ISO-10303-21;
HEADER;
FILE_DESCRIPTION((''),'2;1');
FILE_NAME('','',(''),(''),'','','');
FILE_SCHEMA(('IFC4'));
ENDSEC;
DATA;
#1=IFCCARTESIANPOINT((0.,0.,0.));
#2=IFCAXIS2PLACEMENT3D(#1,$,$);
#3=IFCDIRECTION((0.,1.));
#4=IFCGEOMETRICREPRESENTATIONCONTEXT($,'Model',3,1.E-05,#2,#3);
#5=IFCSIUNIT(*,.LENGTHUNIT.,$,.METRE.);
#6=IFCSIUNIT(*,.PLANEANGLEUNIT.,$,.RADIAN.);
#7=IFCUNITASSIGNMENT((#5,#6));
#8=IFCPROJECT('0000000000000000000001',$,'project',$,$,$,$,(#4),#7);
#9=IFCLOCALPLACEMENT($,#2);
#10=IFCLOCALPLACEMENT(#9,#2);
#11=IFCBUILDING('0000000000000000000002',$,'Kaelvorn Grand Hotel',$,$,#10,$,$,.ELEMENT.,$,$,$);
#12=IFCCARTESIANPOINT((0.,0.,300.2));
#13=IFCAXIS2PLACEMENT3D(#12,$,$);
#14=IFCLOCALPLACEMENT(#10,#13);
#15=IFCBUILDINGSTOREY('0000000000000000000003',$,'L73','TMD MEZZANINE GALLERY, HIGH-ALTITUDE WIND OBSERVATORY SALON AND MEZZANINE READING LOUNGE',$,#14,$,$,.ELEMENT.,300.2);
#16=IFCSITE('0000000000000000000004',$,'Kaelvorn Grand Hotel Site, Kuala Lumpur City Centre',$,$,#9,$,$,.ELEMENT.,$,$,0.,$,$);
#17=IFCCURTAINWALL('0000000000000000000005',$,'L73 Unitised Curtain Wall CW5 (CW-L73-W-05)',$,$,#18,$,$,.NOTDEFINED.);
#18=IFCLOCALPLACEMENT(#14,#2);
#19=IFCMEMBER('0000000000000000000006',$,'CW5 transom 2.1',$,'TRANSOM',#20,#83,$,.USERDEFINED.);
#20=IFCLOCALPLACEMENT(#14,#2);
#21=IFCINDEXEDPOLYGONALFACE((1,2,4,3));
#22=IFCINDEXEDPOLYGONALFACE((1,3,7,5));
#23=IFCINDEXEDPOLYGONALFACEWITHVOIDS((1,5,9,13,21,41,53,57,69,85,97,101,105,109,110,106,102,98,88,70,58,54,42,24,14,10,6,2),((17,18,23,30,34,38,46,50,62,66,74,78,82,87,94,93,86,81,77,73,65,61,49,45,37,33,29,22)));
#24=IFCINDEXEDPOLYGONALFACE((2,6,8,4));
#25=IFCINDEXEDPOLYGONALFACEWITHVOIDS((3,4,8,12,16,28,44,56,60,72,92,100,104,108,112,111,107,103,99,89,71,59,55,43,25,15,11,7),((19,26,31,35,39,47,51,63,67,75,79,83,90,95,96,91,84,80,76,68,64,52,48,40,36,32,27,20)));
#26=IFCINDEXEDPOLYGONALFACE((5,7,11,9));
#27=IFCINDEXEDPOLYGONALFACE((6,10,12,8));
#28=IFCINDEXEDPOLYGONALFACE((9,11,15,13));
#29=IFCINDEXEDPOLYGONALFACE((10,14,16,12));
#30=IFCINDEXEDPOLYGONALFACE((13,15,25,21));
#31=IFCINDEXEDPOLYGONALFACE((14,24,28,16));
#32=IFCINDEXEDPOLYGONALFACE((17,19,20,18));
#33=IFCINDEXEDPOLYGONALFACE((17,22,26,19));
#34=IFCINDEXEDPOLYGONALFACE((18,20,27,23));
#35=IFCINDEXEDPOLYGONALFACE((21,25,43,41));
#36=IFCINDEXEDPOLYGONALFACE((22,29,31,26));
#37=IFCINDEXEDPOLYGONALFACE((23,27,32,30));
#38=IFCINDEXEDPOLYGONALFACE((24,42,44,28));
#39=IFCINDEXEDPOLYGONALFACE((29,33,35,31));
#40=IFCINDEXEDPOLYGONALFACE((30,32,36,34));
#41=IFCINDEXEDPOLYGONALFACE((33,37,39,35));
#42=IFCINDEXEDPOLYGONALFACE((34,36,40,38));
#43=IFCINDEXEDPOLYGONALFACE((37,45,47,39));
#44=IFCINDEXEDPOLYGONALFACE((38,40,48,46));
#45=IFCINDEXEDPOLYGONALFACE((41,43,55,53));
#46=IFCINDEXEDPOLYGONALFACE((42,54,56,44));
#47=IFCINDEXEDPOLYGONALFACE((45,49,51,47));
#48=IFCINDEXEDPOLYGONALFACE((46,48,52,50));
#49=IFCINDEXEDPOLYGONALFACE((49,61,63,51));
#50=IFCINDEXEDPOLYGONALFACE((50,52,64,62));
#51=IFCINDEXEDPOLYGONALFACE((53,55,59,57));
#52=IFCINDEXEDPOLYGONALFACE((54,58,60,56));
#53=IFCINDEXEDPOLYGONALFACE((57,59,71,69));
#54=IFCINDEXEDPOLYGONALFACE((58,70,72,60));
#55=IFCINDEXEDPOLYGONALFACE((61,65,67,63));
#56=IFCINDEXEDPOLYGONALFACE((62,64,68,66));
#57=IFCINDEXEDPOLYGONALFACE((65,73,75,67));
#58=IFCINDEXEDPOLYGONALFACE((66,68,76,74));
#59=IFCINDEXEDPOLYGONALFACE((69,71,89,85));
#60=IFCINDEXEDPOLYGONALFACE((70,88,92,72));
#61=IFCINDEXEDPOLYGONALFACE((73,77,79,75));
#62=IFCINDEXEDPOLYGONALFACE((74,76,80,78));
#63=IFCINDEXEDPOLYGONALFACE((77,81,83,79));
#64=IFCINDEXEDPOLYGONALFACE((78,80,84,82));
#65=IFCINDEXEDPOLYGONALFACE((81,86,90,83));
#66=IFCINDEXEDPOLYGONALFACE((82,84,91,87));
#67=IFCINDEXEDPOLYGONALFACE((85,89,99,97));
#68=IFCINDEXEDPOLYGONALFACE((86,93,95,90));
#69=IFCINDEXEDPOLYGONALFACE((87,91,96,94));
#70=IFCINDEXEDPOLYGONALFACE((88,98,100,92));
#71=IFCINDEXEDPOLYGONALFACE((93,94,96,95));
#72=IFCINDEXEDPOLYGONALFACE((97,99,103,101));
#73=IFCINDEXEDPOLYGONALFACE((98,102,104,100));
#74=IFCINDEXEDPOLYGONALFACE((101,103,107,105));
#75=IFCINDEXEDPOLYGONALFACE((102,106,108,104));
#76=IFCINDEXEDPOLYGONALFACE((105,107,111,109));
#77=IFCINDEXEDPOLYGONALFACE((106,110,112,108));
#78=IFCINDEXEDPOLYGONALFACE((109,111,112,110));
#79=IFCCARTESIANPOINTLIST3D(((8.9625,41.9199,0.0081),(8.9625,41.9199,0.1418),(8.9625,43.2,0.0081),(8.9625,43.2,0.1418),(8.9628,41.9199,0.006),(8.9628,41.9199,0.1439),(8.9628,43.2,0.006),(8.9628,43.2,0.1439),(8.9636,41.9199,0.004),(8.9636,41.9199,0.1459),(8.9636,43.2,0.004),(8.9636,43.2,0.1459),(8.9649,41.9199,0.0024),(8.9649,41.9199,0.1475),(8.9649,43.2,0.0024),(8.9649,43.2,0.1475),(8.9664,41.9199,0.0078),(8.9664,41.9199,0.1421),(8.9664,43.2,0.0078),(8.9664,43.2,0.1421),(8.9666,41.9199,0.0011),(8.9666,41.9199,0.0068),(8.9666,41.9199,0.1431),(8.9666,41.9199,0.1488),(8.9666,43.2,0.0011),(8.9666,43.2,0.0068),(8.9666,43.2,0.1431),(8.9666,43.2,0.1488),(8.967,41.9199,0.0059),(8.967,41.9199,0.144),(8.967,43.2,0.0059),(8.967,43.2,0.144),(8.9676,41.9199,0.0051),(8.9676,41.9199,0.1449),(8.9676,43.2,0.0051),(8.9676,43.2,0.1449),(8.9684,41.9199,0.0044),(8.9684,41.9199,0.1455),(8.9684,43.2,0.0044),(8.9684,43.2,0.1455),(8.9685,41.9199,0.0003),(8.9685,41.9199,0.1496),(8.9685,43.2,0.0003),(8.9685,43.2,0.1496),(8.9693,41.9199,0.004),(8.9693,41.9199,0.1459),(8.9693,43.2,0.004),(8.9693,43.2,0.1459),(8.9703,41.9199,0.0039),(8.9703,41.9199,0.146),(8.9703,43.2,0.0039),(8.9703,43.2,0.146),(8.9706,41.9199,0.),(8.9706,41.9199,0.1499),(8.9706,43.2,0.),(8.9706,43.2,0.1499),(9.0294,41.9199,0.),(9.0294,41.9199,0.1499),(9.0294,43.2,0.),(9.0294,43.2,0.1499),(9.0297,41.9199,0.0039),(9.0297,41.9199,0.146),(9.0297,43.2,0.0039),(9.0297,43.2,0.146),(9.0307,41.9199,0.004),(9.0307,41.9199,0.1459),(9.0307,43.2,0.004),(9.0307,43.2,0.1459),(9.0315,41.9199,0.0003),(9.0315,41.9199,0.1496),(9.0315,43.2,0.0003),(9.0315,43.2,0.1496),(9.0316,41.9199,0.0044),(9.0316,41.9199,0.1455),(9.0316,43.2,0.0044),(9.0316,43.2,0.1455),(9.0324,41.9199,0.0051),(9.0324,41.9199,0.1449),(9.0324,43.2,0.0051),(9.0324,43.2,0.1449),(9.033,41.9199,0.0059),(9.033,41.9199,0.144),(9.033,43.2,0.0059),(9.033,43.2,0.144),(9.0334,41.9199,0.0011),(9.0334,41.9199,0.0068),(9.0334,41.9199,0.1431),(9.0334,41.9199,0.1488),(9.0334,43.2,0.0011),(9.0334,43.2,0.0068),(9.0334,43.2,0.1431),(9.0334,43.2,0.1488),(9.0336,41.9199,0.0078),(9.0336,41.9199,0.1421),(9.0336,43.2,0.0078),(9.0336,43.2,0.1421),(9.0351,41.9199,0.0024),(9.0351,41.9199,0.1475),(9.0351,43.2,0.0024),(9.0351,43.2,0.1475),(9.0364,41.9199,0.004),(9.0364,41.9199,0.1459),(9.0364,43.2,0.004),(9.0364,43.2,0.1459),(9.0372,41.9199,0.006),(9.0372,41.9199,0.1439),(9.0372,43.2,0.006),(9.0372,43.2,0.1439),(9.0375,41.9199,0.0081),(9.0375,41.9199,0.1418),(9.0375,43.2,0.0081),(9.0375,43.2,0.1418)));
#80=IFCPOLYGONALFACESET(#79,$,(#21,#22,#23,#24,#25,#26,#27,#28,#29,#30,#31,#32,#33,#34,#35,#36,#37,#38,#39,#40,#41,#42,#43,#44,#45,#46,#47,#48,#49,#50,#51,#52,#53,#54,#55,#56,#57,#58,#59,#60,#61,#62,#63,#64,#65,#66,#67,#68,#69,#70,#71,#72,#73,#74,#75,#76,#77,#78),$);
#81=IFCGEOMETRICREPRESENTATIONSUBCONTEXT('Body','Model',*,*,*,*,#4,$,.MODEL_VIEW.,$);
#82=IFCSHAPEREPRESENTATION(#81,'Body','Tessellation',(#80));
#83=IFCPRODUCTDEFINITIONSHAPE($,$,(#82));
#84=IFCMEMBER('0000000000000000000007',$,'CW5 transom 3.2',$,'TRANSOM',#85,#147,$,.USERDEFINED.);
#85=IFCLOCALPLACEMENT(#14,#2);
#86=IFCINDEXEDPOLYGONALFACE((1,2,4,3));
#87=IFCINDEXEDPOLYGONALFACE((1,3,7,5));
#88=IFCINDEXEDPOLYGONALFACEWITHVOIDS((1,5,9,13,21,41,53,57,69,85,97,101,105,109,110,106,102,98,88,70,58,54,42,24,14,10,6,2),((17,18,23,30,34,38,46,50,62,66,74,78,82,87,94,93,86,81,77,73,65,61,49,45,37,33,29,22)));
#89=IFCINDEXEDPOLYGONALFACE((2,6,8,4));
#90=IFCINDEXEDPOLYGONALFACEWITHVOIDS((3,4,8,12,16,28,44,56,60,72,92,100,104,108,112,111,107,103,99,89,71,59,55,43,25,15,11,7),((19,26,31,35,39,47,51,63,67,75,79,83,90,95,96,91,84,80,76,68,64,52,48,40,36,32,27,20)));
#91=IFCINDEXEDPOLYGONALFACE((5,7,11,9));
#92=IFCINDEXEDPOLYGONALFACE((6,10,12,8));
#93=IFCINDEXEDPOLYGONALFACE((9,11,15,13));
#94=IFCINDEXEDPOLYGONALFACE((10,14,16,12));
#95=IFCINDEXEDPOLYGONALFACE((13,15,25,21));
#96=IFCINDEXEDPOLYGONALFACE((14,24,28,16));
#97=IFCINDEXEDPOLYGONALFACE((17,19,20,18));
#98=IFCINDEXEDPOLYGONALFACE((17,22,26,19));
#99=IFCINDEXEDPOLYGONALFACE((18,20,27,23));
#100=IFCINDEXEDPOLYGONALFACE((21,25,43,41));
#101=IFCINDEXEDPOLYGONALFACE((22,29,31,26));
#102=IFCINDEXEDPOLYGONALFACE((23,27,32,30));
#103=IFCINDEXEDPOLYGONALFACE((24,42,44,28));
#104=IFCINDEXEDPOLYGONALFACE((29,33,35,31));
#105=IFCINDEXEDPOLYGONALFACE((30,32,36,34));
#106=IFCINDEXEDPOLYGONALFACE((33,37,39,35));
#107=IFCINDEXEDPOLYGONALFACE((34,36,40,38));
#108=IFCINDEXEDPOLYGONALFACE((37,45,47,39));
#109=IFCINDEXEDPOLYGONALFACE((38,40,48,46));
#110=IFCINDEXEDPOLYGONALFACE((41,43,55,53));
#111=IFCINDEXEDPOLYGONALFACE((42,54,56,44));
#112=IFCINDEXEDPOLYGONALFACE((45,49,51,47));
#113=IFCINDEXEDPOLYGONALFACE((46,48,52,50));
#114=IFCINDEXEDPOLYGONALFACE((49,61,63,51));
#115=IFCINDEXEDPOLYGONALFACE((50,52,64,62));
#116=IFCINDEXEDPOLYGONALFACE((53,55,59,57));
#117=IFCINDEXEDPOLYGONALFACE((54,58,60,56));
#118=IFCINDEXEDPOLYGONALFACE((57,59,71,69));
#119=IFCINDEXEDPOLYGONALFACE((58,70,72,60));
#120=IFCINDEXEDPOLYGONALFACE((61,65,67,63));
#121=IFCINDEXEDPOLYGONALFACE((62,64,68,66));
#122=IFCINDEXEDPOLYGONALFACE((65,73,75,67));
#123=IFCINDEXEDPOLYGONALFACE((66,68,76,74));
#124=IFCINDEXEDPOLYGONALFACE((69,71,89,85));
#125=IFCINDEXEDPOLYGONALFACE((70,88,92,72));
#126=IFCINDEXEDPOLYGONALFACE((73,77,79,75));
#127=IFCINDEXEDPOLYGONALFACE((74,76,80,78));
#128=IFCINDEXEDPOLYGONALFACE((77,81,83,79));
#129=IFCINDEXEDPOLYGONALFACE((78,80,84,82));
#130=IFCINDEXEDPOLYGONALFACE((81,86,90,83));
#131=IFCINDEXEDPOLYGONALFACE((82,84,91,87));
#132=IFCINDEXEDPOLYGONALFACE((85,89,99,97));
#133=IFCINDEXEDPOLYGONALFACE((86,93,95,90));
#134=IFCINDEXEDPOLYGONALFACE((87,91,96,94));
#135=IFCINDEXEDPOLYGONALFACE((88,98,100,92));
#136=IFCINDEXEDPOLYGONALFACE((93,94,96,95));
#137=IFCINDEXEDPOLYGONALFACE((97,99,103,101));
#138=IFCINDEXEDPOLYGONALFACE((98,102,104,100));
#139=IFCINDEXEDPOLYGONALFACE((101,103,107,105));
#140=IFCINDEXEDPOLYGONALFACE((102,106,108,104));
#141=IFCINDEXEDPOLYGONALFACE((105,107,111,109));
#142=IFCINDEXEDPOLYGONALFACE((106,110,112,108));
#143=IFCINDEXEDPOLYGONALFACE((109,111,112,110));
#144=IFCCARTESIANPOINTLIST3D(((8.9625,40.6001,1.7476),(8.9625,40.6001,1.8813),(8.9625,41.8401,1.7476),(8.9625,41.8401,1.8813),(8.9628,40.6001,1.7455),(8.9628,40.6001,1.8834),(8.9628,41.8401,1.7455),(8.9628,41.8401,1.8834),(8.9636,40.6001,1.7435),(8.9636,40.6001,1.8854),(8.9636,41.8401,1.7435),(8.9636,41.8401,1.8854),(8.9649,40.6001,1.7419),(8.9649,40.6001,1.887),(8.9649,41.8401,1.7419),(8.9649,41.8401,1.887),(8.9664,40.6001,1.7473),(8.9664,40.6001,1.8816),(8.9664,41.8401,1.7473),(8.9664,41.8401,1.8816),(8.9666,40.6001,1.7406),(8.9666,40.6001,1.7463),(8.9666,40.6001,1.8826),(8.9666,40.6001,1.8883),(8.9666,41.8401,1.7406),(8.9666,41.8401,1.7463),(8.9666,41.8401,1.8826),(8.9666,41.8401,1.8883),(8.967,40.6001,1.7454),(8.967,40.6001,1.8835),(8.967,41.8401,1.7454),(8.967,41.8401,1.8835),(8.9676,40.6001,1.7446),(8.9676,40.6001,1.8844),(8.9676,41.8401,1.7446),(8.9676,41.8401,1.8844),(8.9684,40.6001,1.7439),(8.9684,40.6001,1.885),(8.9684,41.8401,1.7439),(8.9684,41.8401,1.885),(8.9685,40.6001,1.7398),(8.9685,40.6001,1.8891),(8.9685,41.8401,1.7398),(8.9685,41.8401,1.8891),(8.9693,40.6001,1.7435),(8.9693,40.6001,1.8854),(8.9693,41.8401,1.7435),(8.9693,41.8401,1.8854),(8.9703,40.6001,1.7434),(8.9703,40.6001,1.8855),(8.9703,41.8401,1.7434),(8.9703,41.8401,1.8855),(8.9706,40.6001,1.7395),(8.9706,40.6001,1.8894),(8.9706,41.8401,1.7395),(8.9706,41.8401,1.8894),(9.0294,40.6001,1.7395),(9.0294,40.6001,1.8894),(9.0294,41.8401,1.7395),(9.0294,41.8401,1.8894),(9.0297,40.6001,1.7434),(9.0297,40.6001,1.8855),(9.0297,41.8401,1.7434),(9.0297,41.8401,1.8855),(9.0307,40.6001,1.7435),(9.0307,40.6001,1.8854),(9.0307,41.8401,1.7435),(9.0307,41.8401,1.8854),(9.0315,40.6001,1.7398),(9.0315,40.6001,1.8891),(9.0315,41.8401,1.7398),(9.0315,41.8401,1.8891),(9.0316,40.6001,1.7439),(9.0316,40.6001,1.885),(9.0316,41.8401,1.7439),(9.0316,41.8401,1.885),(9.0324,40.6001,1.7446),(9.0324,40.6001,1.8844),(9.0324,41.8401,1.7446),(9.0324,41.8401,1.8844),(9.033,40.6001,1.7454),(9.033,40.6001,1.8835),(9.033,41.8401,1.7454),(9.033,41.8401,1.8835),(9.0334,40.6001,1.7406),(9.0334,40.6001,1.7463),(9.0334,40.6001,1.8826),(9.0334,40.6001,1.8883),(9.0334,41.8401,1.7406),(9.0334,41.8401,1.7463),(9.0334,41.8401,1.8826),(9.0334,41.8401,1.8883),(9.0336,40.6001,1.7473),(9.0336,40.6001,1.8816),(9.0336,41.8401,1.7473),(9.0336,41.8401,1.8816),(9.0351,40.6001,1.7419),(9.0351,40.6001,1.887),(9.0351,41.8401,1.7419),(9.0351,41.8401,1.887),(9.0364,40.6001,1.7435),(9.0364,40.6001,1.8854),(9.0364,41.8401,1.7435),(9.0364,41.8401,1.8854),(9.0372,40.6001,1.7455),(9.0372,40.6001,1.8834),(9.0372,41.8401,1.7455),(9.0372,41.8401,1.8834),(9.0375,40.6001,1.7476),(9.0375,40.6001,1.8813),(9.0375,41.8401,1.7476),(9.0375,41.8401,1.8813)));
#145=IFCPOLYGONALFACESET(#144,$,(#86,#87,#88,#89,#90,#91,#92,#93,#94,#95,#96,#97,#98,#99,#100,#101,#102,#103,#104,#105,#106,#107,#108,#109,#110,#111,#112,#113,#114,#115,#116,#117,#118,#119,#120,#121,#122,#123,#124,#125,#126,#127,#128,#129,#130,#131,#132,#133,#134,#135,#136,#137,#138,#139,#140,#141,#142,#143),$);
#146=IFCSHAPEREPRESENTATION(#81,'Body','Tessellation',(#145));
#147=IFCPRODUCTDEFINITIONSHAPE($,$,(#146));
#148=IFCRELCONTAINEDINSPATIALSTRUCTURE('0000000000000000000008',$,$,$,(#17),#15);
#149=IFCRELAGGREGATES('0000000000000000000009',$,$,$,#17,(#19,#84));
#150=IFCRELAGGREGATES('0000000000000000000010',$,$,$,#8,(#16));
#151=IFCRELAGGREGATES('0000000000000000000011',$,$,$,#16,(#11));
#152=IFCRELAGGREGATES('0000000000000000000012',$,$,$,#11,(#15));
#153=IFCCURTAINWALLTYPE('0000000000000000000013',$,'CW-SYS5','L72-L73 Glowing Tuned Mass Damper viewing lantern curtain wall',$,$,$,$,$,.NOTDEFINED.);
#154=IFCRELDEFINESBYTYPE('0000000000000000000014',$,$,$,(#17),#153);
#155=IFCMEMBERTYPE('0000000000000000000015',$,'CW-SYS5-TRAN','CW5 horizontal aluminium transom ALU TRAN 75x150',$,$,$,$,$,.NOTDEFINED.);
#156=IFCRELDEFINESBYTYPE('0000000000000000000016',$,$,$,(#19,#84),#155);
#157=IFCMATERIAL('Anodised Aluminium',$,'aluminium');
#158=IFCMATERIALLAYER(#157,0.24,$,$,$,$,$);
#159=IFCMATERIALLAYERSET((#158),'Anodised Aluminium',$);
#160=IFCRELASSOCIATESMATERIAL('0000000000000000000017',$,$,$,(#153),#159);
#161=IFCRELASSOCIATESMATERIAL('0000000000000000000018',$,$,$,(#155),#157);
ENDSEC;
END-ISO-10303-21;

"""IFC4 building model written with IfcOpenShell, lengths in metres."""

from ifc_helpers import new_model, si_unit, direction, frame, origin, origin_2d, place, context, subcontext, project, spatial, hollow_rectangle, extrude, material, layer, layer_set, material_profile, profile_set, type_object, element, aggregate, save


model = new_model("IFC4")

# Units and contexts
model_context = context("Model", 3, precision=1e-05, world=origin(), true_north=direction((0.0, 1.0)))
body_context = subcontext(model_context, "Body", "Model", "MODEL_VIEW")
ifc_project = project(units=[si_unit("LENGTHUNIT", "METRE"), si_unit("PLANEANGLEUNIT", "RADIAN")], contexts=[model_context])

# Site, building, storey
site_placement = place(None, origin())
site = spatial("IfcSite", under=ifc_project, at=site_placement, Name="Kaelvorn Grand Hotel Site, Kuala Lumpur City Centre", CompositionType="ELEMENT", RefElevation=0.0)
building_placement = place(site_placement, origin())
building = spatial("IfcBuilding", under=site, at=building_placement, Name="Kaelvorn Grand Hotel", CompositionType="ELEMENT")
storey_placement = place(building_placement, frame((0.0, 0.0, 300.2)))
storey = spatial("IfcBuildingStorey", under=building, at=storey_placement, Name="L73", Description="TMD MEZZANINE GALLERY, HIGH-ALTITUDE WIND OBSERVATORY SALON AND MEZZANINE READING LOUNGE", CompositionType="ELEMENT", Elevation=300.2)

# Curtain wall, members
ifc_material_1 = material(Name="Anodised Aluminium", Category="aluminium")
ifc_layer_1 = layer(ifc_material_1, 0.24)
ifc_layer_set_1 = layer_set([ifc_layer_1], Name="Anodised Aluminium")
curtain_wall_type = type_object("IfcCurtainWallType", Name="CW-SYS5", Description="L72-L73 Glowing Tuned Mass Damper viewing lantern curtain wall", PredefinedType="NOTDEFINED", material=ifc_layer_set_1)
curtain_wall_placement = place(storey_placement, origin())
curtain_wall = element("IfcCurtainWall", 1, at=curtain_wall_placement, inside=storey, type_object=curtain_wall_type, Name="L73 Unitised Curtain Wall CW5 (CW-L73-W-05)", PredefinedType="NOTDEFINED")
ifc_material_profile_1 = material_profile(ifc_material_1, hollow_rectangle(XDim=0.075, YDim=0.1499, WallThickness=0.0039, InnerFilletRadius=0.0039, OuterFilletRadius=0.0081, at=origin_2d()), Name="ALU TRAN 75x150")
ifc_profile_set_1 = profile_set([ifc_material_profile_1], Name="Anodised Aluminium")
member_type_1 = type_object("IfcMemberType", Name="CW-SYS5-TRAN", Description="CW5 horizontal aluminium transom ALU TRAN 75x150", PredefinedType="NOTDEFINED", material=ifc_profile_set_1)
member_1_placement = place(storey_placement, frame((9.0, 43.2, 0.075), z_axis=(0.0, -1.0, 0.0), x_axis=(1.0, 0.0, 0.0)))
member_1 = element("IfcMember", 2, at=member_1_placement, type_object=member_type_1, Name="CW5 transom 2.1", ObjectType="TRANSOM", PredefinedType="USERDEFINED", context=body_context, shape_type="SweptSolid", body=[
    extrude(hollow_rectangle(XDim=0.075, YDim=0.1499, WallThickness=0.0039, InnerFilletRadius=0.0039, OuterFilletRadius=0.0081, at=origin_2d()), origin(), (0.0, 0.0, 1.0), 1.28),
])
member_2_placement = place(storey_placement, frame((9.0, 41.8401, 1.8145), z_axis=(0.0, -1.0, 0.0), x_axis=(1.0, 0.0, 0.0)))
member_2 = element("IfcMember", 3, at=member_2_placement, type_object=member_type_1, Name="CW5 transom 3.2", ObjectType="TRANSOM", PredefinedType="USERDEFINED", context=body_context, shape_type="SweptSolid", body=[
    extrude(hollow_rectangle(XDim=0.075, YDim=0.1499, WallThickness=0.0039, InnerFilletRadius=0.0039, OuterFilletRadius=0.0081, at=origin_2d()), origin(), (0.0, 0.0, 1.0), 1.24),
])
aggregate(curtain_wall, [member_1, member_2])

save(model, "model.ifc")
